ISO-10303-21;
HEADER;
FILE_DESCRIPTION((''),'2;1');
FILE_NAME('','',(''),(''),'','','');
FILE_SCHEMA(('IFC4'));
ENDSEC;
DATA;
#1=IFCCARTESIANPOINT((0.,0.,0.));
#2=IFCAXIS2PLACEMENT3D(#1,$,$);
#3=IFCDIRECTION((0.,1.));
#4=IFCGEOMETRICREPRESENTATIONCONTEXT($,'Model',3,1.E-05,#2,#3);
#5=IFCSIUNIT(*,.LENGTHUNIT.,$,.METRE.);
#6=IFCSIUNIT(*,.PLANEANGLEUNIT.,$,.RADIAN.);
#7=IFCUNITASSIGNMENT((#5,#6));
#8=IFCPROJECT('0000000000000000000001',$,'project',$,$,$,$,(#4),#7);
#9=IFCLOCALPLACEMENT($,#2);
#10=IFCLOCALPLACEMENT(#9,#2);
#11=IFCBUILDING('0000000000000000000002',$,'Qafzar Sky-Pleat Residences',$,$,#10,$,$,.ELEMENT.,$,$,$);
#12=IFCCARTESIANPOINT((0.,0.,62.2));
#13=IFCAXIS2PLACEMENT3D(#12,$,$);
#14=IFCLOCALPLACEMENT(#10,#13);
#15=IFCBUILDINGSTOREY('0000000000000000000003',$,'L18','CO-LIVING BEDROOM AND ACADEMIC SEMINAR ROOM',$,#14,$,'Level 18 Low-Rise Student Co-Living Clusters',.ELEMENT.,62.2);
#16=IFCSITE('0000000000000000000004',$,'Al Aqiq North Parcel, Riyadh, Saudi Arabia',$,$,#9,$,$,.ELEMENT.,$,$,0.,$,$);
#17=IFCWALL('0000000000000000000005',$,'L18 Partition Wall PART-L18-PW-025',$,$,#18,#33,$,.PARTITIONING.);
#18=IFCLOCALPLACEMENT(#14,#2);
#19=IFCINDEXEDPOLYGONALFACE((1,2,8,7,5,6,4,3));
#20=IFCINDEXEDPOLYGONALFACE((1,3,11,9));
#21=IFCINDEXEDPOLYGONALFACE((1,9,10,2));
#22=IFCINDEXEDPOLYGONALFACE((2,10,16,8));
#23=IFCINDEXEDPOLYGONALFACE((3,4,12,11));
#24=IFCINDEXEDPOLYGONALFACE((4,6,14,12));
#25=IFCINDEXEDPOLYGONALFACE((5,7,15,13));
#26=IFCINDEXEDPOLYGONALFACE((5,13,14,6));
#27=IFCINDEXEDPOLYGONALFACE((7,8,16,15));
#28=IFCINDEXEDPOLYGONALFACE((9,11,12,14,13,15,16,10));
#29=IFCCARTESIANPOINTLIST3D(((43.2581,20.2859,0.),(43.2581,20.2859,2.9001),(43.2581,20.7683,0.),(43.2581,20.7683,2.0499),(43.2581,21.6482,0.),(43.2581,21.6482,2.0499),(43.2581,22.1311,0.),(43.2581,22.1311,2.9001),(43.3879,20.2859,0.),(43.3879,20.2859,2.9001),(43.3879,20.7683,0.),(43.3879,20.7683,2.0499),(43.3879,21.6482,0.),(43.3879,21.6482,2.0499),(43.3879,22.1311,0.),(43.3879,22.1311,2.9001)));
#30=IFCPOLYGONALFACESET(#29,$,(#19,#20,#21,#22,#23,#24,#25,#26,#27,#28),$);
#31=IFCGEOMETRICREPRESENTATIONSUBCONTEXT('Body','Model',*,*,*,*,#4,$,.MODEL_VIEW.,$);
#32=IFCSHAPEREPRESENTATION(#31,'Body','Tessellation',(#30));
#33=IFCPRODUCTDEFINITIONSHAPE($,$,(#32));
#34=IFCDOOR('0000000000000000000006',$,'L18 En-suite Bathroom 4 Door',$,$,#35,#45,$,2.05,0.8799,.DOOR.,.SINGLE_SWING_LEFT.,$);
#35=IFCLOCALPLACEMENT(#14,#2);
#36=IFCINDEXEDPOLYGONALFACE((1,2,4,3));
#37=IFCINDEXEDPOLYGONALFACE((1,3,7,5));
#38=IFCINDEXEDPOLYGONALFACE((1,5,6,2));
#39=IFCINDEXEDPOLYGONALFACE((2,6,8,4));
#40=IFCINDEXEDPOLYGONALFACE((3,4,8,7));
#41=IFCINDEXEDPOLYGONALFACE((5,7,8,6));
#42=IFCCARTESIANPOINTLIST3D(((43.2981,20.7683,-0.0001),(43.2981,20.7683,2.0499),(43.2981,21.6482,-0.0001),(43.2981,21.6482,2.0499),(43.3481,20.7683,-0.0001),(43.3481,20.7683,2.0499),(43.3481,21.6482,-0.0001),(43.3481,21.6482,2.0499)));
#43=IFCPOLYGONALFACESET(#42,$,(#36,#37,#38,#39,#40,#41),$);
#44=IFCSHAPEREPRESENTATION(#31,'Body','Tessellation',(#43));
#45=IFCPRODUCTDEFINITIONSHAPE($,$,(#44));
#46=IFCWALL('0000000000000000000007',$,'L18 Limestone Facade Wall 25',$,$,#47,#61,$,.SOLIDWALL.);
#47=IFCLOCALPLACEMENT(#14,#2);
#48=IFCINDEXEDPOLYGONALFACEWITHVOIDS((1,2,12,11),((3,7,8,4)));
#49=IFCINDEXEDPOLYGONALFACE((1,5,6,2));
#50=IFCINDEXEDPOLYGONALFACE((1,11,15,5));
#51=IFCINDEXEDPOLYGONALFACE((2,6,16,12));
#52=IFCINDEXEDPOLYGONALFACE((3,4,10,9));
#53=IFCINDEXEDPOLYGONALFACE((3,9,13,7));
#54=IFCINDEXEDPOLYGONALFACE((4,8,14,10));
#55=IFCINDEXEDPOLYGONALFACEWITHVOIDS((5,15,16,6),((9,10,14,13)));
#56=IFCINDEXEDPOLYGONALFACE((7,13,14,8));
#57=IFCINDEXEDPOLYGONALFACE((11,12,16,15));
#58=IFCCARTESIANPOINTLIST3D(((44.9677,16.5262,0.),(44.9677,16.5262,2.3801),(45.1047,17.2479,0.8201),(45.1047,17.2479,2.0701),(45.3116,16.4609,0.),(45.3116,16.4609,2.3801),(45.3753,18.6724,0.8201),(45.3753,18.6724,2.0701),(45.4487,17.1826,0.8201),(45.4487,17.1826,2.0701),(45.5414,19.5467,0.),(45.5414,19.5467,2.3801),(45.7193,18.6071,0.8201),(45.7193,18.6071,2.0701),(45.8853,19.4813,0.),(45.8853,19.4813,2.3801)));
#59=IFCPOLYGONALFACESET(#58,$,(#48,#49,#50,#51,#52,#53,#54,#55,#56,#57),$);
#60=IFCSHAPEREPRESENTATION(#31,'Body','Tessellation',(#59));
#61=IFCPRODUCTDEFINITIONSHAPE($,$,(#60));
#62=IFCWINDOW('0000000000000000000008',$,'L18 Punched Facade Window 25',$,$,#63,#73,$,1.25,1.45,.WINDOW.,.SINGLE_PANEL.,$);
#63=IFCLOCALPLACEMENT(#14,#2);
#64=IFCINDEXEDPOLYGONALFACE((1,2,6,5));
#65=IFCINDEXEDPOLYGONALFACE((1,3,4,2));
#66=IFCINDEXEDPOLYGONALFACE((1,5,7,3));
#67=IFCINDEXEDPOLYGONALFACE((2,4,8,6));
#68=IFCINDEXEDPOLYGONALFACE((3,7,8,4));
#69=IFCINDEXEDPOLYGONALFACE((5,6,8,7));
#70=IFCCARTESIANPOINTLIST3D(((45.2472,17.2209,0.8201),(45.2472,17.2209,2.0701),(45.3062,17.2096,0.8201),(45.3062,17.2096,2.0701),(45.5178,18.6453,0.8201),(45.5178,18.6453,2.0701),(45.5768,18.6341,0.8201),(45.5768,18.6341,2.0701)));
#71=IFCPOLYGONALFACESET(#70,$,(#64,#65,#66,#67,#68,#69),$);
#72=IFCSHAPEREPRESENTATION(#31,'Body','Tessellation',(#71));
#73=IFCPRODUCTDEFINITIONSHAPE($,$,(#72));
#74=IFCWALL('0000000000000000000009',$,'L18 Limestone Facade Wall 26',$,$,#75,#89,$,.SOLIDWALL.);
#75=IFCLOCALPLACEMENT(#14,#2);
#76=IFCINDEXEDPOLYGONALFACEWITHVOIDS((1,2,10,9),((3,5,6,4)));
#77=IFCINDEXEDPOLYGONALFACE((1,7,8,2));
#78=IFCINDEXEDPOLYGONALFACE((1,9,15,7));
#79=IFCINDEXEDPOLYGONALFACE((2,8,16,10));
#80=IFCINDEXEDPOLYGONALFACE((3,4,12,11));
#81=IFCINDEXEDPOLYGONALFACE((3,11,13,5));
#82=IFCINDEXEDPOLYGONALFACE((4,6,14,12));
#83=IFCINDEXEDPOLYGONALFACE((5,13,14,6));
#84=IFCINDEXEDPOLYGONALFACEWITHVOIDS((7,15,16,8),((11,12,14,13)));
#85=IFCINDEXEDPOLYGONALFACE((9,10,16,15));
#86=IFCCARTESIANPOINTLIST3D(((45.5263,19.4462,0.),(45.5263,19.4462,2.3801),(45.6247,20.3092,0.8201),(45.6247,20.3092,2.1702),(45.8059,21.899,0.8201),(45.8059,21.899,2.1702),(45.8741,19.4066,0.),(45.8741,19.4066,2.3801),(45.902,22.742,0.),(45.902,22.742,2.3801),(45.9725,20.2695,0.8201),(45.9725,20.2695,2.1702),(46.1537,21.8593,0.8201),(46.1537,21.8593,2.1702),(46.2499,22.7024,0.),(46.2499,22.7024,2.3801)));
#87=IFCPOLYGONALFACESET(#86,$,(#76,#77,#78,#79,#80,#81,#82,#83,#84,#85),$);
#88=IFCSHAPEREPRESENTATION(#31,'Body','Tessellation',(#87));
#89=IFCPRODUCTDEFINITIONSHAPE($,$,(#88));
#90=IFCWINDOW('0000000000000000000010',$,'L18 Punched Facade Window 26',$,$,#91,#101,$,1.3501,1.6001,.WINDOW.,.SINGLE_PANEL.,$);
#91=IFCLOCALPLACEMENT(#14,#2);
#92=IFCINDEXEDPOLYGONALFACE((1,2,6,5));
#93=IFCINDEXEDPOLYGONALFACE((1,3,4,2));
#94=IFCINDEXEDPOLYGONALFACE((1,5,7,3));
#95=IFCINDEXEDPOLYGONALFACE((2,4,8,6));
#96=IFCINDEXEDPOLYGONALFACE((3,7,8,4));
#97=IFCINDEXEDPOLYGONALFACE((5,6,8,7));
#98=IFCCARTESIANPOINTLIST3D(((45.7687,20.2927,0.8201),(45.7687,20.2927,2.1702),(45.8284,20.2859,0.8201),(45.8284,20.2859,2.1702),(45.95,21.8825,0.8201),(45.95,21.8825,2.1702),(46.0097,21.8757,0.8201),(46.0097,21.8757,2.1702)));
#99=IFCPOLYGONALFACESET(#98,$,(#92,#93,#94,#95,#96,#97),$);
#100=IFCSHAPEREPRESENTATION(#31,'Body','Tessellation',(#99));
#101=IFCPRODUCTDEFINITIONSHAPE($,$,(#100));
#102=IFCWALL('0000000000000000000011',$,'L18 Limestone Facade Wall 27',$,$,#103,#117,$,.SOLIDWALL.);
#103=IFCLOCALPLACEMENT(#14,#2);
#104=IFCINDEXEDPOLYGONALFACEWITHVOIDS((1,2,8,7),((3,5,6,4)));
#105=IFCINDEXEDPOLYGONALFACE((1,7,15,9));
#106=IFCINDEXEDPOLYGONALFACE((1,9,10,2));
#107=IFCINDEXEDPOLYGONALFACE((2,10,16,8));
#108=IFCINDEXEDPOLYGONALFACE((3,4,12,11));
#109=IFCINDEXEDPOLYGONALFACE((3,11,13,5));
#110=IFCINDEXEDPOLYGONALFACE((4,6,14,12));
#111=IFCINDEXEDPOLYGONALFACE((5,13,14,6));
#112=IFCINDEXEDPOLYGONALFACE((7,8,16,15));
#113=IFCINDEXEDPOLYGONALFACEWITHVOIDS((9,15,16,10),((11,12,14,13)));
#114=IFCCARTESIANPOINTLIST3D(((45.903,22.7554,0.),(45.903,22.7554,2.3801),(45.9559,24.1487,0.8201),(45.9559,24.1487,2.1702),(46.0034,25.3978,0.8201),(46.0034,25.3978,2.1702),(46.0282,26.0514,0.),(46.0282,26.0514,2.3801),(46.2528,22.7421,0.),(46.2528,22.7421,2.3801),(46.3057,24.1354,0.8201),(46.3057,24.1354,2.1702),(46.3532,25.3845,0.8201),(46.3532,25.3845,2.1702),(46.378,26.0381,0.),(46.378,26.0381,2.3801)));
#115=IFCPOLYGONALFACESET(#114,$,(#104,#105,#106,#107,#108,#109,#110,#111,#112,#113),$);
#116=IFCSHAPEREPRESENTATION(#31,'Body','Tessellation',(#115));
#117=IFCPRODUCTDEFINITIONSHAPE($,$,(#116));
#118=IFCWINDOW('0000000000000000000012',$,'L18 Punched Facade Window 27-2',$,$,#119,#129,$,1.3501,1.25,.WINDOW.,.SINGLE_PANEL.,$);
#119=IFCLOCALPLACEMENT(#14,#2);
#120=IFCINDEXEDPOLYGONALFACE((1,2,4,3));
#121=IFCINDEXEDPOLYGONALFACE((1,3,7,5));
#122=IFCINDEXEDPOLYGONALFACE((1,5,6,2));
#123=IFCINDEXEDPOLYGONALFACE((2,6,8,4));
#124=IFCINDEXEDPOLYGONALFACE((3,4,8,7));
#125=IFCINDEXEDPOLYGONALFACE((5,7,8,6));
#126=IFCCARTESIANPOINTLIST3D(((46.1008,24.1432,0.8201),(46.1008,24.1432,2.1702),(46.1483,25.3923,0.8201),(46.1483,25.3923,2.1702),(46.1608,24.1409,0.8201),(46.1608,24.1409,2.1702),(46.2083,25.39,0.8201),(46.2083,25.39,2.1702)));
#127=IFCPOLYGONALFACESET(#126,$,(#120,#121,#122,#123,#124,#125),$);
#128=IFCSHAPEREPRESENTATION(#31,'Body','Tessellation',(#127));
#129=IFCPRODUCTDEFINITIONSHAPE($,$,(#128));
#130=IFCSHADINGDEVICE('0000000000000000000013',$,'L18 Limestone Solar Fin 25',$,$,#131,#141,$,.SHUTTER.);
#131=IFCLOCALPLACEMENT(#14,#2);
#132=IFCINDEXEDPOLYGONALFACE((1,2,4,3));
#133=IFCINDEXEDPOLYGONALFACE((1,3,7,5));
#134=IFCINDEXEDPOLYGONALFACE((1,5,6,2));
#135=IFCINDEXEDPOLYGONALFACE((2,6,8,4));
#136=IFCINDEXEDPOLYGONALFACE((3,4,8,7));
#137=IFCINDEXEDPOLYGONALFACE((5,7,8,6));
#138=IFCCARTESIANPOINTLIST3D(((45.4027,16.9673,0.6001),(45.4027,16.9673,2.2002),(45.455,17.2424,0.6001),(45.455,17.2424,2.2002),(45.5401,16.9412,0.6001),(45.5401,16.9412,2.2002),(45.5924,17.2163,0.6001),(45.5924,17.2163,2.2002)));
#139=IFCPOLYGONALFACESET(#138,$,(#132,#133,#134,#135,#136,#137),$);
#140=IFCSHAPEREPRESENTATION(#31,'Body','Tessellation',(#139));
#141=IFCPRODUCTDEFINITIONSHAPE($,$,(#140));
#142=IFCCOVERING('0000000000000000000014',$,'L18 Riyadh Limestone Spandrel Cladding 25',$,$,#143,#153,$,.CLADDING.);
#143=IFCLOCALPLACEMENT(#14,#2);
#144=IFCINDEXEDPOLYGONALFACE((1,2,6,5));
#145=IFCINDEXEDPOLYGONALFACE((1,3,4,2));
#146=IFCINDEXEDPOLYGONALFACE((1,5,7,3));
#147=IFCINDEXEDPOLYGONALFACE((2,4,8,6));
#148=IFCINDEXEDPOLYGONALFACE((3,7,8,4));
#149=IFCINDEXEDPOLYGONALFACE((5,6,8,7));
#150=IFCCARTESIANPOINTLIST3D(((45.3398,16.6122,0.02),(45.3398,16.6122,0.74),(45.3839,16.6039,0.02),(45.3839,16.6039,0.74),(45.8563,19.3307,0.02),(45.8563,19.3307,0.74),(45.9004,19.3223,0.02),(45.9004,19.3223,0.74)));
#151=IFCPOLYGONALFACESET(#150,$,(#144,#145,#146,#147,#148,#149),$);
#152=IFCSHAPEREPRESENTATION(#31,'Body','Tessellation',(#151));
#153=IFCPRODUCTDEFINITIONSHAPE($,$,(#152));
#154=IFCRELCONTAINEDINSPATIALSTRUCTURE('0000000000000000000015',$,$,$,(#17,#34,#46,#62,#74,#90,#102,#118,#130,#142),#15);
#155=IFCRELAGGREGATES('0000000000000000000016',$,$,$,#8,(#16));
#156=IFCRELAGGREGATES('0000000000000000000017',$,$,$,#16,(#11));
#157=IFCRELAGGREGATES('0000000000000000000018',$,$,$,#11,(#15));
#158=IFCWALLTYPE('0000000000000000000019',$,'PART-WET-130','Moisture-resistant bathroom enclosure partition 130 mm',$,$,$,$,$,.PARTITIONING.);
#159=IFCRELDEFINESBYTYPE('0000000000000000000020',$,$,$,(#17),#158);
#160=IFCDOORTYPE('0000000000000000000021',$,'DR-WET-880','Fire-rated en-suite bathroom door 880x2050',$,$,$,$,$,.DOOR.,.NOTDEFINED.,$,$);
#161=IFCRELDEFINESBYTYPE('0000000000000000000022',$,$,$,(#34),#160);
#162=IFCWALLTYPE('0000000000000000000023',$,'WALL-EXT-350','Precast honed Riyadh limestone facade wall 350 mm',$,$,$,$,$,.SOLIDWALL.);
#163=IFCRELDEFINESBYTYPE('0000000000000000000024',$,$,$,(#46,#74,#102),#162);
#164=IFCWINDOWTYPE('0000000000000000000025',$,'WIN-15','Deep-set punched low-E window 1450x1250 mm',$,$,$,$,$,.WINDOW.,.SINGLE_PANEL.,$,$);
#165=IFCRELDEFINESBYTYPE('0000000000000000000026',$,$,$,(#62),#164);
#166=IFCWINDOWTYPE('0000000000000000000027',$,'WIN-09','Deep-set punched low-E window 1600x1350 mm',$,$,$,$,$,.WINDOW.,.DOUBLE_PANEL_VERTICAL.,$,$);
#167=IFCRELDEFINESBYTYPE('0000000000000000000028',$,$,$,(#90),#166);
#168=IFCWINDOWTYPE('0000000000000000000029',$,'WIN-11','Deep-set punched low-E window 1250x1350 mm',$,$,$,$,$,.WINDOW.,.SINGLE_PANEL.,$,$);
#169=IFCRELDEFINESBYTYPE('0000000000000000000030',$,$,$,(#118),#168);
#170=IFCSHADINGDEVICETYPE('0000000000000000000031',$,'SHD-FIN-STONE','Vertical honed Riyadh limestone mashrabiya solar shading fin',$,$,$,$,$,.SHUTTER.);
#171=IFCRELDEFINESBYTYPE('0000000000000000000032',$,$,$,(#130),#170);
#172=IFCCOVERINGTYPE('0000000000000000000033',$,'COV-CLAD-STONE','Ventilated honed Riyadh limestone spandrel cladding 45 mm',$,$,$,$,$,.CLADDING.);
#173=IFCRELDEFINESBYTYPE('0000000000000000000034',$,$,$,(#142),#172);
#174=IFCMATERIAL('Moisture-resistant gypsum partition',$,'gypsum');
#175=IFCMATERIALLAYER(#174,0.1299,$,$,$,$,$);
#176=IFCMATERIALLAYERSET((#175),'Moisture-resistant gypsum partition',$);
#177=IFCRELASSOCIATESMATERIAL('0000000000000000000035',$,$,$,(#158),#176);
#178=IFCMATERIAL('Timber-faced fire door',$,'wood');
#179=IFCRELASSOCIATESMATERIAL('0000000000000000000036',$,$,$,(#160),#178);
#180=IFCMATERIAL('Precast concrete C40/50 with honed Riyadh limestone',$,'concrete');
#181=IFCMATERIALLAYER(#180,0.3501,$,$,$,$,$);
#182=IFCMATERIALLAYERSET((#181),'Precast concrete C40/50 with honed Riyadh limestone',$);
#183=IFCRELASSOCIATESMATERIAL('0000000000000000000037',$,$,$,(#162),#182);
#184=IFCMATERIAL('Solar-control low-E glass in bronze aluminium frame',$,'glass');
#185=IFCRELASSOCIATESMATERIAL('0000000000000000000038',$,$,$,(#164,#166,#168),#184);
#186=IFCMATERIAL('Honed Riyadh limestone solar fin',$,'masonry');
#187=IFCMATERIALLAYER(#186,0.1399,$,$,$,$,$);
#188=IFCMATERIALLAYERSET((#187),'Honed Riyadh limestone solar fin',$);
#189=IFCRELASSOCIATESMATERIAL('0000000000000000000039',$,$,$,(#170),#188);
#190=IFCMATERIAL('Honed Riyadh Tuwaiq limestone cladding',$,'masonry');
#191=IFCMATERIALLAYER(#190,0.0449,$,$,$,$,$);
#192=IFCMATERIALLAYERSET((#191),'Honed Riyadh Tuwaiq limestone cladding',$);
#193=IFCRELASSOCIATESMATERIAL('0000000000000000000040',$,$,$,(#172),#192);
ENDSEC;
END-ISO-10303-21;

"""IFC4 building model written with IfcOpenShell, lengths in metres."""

from ifc_helpers import new_model, si_unit, direction, frame, frame_2d, origin, origin_2d, place, context, subcontext, project, spatial, rectangle, extrude, source, transform, mapped, material, layer, layer_set, type_object, element, fill, save


model = new_model("IFC4")

# Units and contexts
model_context = context("Model", 3, precision=1e-05, world=origin(), true_north=direction((0.0, 1.0)))
body_context = subcontext(model_context, "Body", "Model", "MODEL_VIEW")
ifc_project = project(units=[si_unit("LENGTHUNIT", "METRE"), si_unit("PLANEANGLEUNIT", "RADIAN")], contexts=[model_context])

# Site, building, storey
site_placement = place(None, origin())
site = spatial("IfcSite", under=ifc_project, at=site_placement, Name="Al Aqiq North Parcel, Riyadh, Saudi Arabia", CompositionType="ELEMENT", RefElevation=0.0)
building_placement = place(site_placement, origin())
building = spatial("IfcBuilding", under=site, at=building_placement, Name="Qafzar Sky-Pleat Residences", CompositionType="ELEMENT")
storey_placement = place(building_placement, frame((0.0, 0.0, 62.2)))
storey = spatial("IfcBuildingStorey", under=building, at=storey_placement, Name="L18", Description="CO-LIVING BEDROOM AND ACADEMIC SEMINAR ROOM", LongName="Level 18 Low-Rise Student Co-Living Clusters", CompositionType="ELEMENT", Elevation=62.2)

# Wall, opening, door
ifc_material_1 = material(Name="Moisture-resistant gypsum partition", Category="gypsum")
ifc_layer_1 = layer(ifc_material_1, 0.1299)
ifc_layer_set_1 = layer_set([ifc_layer_1], Name="Moisture-resistant gypsum partition")
wall_type_1 = type_object("IfcWallType", Name="PART-WET-130", Description="Moisture-resistant bathroom enclosure partition 130 mm", PredefinedType="PARTITIONING", material=ifc_layer_set_1)
ifc_material_2 = material(Name="Timber-faced fire door", Category="wood")
door_type = type_object("IfcDoorType", Name="DR-WET-880", Description="Fire-rated en-suite bathroom door 880x2050", OperationType="NOTDEFINED", PredefinedType="DOOR", material=ifc_material_2)
shared_shape_1 = source(origin(), body_context, "Body", "SweptSolid", [
    extrude(rectangle(XDim=0.8799, YDim=2.05, at=frame_2d((0.4399, 1.0249))), frame((0.0, 0.0249, 0.0), z_axis=(0.0, -1.0, 0.0), x_axis=(1.0, 0.0, 0.0)), (0.0, 0.0, 1.0), 0.05),
])
wall_1_placement = place(storey_placement, frame((43.323, 20.2859, 0.0), z_axis=(0.0, 0.0, 1.0), x_axis=(0.0, 1.0, 0.0)))
wall_1 = element("IfcWall", 1, at=wall_1_placement, inside=storey, type_object=wall_type_1, Name="L18 Partition Wall PART-L18-PW-025", PredefinedType="PARTITIONING", context=body_context, shape_type="SweptSolid", body=[
    extrude(rectangle(XDim=1.8452, YDim=0.1299, at=frame_2d((0.9226, 0.0))), origin(), (0.0, 0.0, 1.0), 2.9001),
])
opening_1_placement = place(wall_1_placement, frame((0.4824, 0.0, 0.0)))
opening_1 = element("IfcOpeningElement", 2, at=opening_1_placement, cuts=wall_1, PredefinedType="OPENING", context=body_context, shape_type="SweptSolid", body=[
    extrude(rectangle(XDim=0.8799, YDim=2.05, at=frame_2d((0.4399, 1.0249))), frame((0.0, 0.075, 0.0), z_axis=(0.0, -1.0, 0.0), x_axis=(1.0, 0.0, 0.0)), (0.0, 0.0, 1.0), 0.1499),
])
door_1_placement = place(opening_1_placement, origin())
door_1 = element("IfcDoor", 3, at=door_1_placement, inside=storey, type_object=door_type, Name="L18 En-suite Bathroom 4 Door", OperationType="SINGLE_SWING_LEFT", OverallHeight=2.05, OverallWidth=0.8799, PredefinedType="DOOR", context=body_context, shape_type="MappedRepresentation", body=[
    mapped(shared_shape_1, transform((0.0, 0.0, 0.0), x_axis=(1.0, 0.0, 0.0), y_axis=(0.0, 1.0, 0.0), z_axis=(0.0, 0.0, 1.0), scale=1.0)),
])
fill(opening_1, door_1)

# Walls, openings, windows
ifc_material_3 = material(Name="Precast concrete C40/50 with honed Riyadh limestone", Category="concrete")
ifc_layer_2 = layer(ifc_material_3, 0.3501)
ifc_layer_set_2 = layer_set([ifc_layer_2], Name="Precast concrete C40/50 with honed Riyadh limestone")
wall_type_2 = type_object("IfcWallType", Name="WALL-EXT-350", Description="Precast honed Riyadh limestone facade wall 350 mm", PredefinedType="SOLIDWALL", material=ifc_layer_set_2)
wall_2_placement = place(storey_placement, frame((45.1396, 16.4937, 0.0), z_axis=(0.0, 0.0, 1.0), x_axis=(0.186609, 0.982434, 0.0)))
wall_2 = element("IfcWall", 4, at=wall_2_placement, inside=storey, type_object=wall_type_2, Name="L18 Limestone Facade Wall 25", PredefinedType="SOLIDWALL", context=body_context, shape_type="SweptSolid", body=[
    extrude(rectangle(XDim=3.0745, YDim=0.3501, at=frame_2d((1.5371, 0.0))), origin(), (0.0, 0.0, 1.0), 2.3801),
])
opening_2_placement = place(wall_2_placement, frame((0.7344, 0.0, 0.8201)))
opening_2 = element("IfcOpeningElement", 5, at=opening_2_placement, cuts=wall_2, PredefinedType="OPENING", context=body_context, shape_type="SweptSolid", body=[
    extrude(rectangle(XDim=1.45, YDim=1.25, at=frame_2d((0.7251, 0.625))), frame((0.0, 0.1851, 0.0), z_axis=(0.0, -1.0, 0.0), x_axis=(1.0, 0.0, 0.0)), (0.0, 0.0, 1.0), 0.3701),
])
ifc_material_4 = material(Name="Solar-control low-E glass in bronze aluminium frame", Category="glass")
window_type_1 = type_object("IfcWindowType", Name="WIN-15", Description="Deep-set punched low-E window 1450x1250 mm", PartitioningType="SINGLE_PANEL", PredefinedType="WINDOW", material=ifc_material_4)
shared_shape_2 = source(origin(), body_context, "Body", "SweptSolid", [
    extrude(rectangle(XDim=1.45, YDim=1.25, at=frame_2d((0.7251, 0.625))), frame((0.0, 0.03, 0.0), z_axis=(0.0, -1.0, 0.0), x_axis=(1.0, 0.0, 0.0)), (0.0, 0.0, 1.0), 0.0601),
])
window_1_placement = place(opening_2_placement, origin())
window_1 = element("IfcWindow", 6, at=window_1_placement, inside=storey, type_object=window_type_1, Name="L18 Punched Facade Window 25", OverallHeight=1.25, OverallWidth=1.45, PartitioningType="SINGLE_PANEL", PredefinedType="WINDOW", context=body_context, shape_type="MappedRepresentation", body=[
    mapped(shared_shape_2, transform((0.0, 0.0, 0.0), x_axis=(1.0, 0.0, 0.0), y_axis=(0.0, 1.0, 0.0), z_axis=(0.0, 0.0, 1.0), scale=1.0)),
])
fill(opening_2, window_1)
wall_3_placement = place(storey_placement, frame((45.7002, 19.4263, 0.0), z_axis=(0.0, 0.0, 1.0), x_axis=(0.113266, 0.993565, 0.0)))
wall_3 = element("IfcWall", 7, at=wall_3_placement, inside=storey, type_object=wall_type_2, Name="L18 Limestone Facade Wall 26", PredefinedType="SOLIDWALL", context=body_context, shape_type="SweptSolid", body=[
    extrude(rectangle(XDim=3.3171, YDim=0.3501, at=frame_2d((1.6587, 0.0))), origin(), (0.0, 0.0, 1.0), 2.3801),
])
opening_3_placement = place(wall_3_placement, frame((0.8687, 0.0, 0.8201)))
opening_3 = element("IfcOpeningElement", 8, at=opening_3_placement, cuts=wall_3, PredefinedType="OPENING", context=body_context, shape_type="SweptSolid", body=[
    extrude(rectangle(XDim=1.6001, YDim=1.3501, at=frame_2d((0.8, 0.675))), frame((0.0, 0.1851, 0.0), z_axis=(0.0, -1.0, 0.0), x_axis=(1.0, 0.0, 0.0)), (0.0, 0.0, 1.0), 0.3701),
])
window_type_2 = type_object("IfcWindowType", Name="WIN-09", Description="Deep-set punched low-E window 1600x1350 mm", PartitioningType="DOUBLE_PANEL_VERTICAL", PredefinedType="WINDOW", material=ifc_material_4)
shared_shape_3 = source(origin(), body_context, "Body", "SweptSolid", [
    extrude(rectangle(XDim=1.6001, YDim=1.3501, at=frame_2d((0.8, 0.675))), frame((0.0, 0.03, 0.0), z_axis=(0.0, -1.0, 0.0), x_axis=(1.0, 0.0, 0.0)), (0.0, 0.0, 1.0), 0.0601),
])
window_2_placement = place(opening_3_placement, origin())
window_2 = element("IfcWindow", 9, at=window_2_placement, inside=storey, type_object=window_type_2, Name="L18 Punched Facade Window 26", OverallHeight=1.3501, OverallWidth=1.6001, PartitioningType="SINGLE_PANEL", PredefinedType="WINDOW", context=body_context, shape_type="MappedRepresentation", body=[
    mapped(shared_shape_3, transform((0.0, 0.0, 0.0), x_axis=(1.0, 0.0, 0.0), y_axis=(0.0, 1.0, 0.0), z_axis=(0.0, 0.0, 1.0), scale=1.0)),
])
fill(opening_3, window_2)
wall_4_placement = place(storey_placement, frame((46.0779, 22.7488, 0.0), z_axis=(0.0, 0.0, 1.0), x_axis=(0.037973, 0.999279, 0.0)))
wall_4 = element("IfcWall", 10, at=wall_4_placement, inside=storey, type_object=wall_type_2, Name="L18 Limestone Facade Wall 27", PredefinedType="SOLIDWALL", context=body_context, shape_type="SweptSolid", body=[
    extrude(rectangle(XDim=3.2983, YDim=0.3501, at=frame_2d((1.6492, 0.0))), origin(), (0.0, 0.0, 1.0), 2.3801),
])
opening_4_placement = place(wall_4_placement, frame((1.3943, 0.0, 0.8201)))
opening_4 = element("IfcOpeningElement", 11, at=opening_4_placement, cuts=wall_4, PredefinedType="OPENING", context=body_context, shape_type="SweptSolid", body=[
    extrude(rectangle(XDim=1.25, YDim=1.3501, at=frame_2d((0.625, 0.675))), frame((0.0, 0.1851, 0.0), z_axis=(0.0, -1.0, 0.0), x_axis=(1.0, 0.0, 0.0)), (0.0, 0.0, 1.0), 0.3701),
])
window_type_3 = type_object("IfcWindowType", Name="WIN-11", Description="Deep-set punched low-E window 1250x1350 mm", PartitioningType="SINGLE_PANEL", PredefinedType="WINDOW", material=ifc_material_4)
shared_shape_4 = source(origin(), body_context, "Body", "SweptSolid", [
    extrude(rectangle(XDim=1.25, YDim=1.3501, at=frame_2d((0.625, 0.675))), frame((0.0, 0.03, 0.0), z_axis=(0.0, -1.0, 0.0), x_axis=(1.0, 0.0, 0.0)), (0.0, 0.0, 1.0), 0.0601),
])
window_3_placement = place(opening_4_placement, origin())
window_3 = element("IfcWindow", 12, at=window_3_placement, inside=storey, type_object=window_type_3, Name="L18 Punched Facade Window 27-2", OverallHeight=1.3501, OverallWidth=1.25, PartitioningType="SINGLE_PANEL", PredefinedType="WINDOW", context=body_context, shape_type="MappedRepresentation", body=[
    mapped(shared_shape_4, transform((0.0, 0.0, 0.0), x_axis=(1.0, 0.0, 0.0), y_axis=(0.0, 1.0, 0.0), z_axis=(0.0, 0.0, 1.0), scale=1.0)),
])
fill(opening_4, window_3)

# Shading device
ifc_material_5 = material(Name="Honed Riyadh limestone solar fin", Category="masonry")
ifc_layer_3 = layer(ifc_material_5, 0.1399)
ifc_layer_set_3 = layer_set([ifc_layer_3], Name="Honed Riyadh limestone solar fin")
shading_device_type = type_object("IfcShadingDeviceType", Name="SHD-FIN-STONE", Description="Vertical honed Riyadh limestone mashrabiya solar shading fin", PredefinedType="SHUTTER", material=ifc_layer_set_3)
shared_shape_5 = source(origin(), body_context, "Body", "SweptSolid", [
    extrude(rectangle(XDim=0.1399, YDim=0.28, at=origin_2d()), origin(), (0.0, 0.0, 1.0), 1.6001),
])
shading_device_placement = place(storey_placement, frame((45.4976, 17.0918, 0.6001), z_axis=(0.0, 0.0, 1.0), x_axis=(0.982425, -0.18666, 0.0)))
element("IfcShadingDevice", 13, at=shading_device_placement, inside=storey, type_object=shading_device_type, Name="L18 Limestone Solar Fin 25", PredefinedType="SHUTTER", context=body_context, shape_type="MappedRepresentation", body=[
    mapped(shared_shape_5, transform((0.0, 0.0, 0.0), x_axis=(1.0, 0.0, 0.0), y_axis=(0.0, 1.0, 0.0), z_axis=(0.0, 0.0, 1.0), scale=1.0)),
])

# Covering
ifc_material_6 = material(Name="Honed Riyadh Tuwaiq limestone cladding", Category="masonry")
ifc_layer_4 = layer(ifc_material_6, 0.0449)
ifc_layer_set_4 = layer_set([ifc_layer_4], Name="Honed Riyadh Tuwaiq limestone cladding")
covering_type = type_object("IfcCoveringType", Name="COV-CLAD-STONE", Description="Ventilated honed Riyadh limestone spandrel cladding 45 mm", PredefinedType="CLADDING", material=ifc_layer_set_4)
shared_shape_6 = source(origin(), body_context, "Body", "SweptSolid", [
    extrude(rectangle(XDim=2.7671, YDim=0.0449, at=origin_2d()), origin(), (0.0, 0.0, 1.0), 0.72),
])
covering_placement = place(storey_placement, frame((45.6201, 17.9673, 0.02), z_axis=(0.0, 0.0, 1.0), x_axis=(0.186662, 0.982424, 0.0)))
element("IfcCovering", 14, at=covering_placement, inside=storey, type_object=covering_type, Name="L18 Riyadh Limestone Spandrel Cladding 25", PredefinedType="CLADDING", context=body_context, shape_type="MappedRepresentation", body=[
    mapped(shared_shape_6, transform((0.0, 0.0, 0.0), x_axis=(1.0, 0.0, 0.0), y_axis=(0.0, 1.0, 0.0), z_axis=(0.0, 0.0, 1.0), scale=1.0)),
])

save(model, "model.ifc")
